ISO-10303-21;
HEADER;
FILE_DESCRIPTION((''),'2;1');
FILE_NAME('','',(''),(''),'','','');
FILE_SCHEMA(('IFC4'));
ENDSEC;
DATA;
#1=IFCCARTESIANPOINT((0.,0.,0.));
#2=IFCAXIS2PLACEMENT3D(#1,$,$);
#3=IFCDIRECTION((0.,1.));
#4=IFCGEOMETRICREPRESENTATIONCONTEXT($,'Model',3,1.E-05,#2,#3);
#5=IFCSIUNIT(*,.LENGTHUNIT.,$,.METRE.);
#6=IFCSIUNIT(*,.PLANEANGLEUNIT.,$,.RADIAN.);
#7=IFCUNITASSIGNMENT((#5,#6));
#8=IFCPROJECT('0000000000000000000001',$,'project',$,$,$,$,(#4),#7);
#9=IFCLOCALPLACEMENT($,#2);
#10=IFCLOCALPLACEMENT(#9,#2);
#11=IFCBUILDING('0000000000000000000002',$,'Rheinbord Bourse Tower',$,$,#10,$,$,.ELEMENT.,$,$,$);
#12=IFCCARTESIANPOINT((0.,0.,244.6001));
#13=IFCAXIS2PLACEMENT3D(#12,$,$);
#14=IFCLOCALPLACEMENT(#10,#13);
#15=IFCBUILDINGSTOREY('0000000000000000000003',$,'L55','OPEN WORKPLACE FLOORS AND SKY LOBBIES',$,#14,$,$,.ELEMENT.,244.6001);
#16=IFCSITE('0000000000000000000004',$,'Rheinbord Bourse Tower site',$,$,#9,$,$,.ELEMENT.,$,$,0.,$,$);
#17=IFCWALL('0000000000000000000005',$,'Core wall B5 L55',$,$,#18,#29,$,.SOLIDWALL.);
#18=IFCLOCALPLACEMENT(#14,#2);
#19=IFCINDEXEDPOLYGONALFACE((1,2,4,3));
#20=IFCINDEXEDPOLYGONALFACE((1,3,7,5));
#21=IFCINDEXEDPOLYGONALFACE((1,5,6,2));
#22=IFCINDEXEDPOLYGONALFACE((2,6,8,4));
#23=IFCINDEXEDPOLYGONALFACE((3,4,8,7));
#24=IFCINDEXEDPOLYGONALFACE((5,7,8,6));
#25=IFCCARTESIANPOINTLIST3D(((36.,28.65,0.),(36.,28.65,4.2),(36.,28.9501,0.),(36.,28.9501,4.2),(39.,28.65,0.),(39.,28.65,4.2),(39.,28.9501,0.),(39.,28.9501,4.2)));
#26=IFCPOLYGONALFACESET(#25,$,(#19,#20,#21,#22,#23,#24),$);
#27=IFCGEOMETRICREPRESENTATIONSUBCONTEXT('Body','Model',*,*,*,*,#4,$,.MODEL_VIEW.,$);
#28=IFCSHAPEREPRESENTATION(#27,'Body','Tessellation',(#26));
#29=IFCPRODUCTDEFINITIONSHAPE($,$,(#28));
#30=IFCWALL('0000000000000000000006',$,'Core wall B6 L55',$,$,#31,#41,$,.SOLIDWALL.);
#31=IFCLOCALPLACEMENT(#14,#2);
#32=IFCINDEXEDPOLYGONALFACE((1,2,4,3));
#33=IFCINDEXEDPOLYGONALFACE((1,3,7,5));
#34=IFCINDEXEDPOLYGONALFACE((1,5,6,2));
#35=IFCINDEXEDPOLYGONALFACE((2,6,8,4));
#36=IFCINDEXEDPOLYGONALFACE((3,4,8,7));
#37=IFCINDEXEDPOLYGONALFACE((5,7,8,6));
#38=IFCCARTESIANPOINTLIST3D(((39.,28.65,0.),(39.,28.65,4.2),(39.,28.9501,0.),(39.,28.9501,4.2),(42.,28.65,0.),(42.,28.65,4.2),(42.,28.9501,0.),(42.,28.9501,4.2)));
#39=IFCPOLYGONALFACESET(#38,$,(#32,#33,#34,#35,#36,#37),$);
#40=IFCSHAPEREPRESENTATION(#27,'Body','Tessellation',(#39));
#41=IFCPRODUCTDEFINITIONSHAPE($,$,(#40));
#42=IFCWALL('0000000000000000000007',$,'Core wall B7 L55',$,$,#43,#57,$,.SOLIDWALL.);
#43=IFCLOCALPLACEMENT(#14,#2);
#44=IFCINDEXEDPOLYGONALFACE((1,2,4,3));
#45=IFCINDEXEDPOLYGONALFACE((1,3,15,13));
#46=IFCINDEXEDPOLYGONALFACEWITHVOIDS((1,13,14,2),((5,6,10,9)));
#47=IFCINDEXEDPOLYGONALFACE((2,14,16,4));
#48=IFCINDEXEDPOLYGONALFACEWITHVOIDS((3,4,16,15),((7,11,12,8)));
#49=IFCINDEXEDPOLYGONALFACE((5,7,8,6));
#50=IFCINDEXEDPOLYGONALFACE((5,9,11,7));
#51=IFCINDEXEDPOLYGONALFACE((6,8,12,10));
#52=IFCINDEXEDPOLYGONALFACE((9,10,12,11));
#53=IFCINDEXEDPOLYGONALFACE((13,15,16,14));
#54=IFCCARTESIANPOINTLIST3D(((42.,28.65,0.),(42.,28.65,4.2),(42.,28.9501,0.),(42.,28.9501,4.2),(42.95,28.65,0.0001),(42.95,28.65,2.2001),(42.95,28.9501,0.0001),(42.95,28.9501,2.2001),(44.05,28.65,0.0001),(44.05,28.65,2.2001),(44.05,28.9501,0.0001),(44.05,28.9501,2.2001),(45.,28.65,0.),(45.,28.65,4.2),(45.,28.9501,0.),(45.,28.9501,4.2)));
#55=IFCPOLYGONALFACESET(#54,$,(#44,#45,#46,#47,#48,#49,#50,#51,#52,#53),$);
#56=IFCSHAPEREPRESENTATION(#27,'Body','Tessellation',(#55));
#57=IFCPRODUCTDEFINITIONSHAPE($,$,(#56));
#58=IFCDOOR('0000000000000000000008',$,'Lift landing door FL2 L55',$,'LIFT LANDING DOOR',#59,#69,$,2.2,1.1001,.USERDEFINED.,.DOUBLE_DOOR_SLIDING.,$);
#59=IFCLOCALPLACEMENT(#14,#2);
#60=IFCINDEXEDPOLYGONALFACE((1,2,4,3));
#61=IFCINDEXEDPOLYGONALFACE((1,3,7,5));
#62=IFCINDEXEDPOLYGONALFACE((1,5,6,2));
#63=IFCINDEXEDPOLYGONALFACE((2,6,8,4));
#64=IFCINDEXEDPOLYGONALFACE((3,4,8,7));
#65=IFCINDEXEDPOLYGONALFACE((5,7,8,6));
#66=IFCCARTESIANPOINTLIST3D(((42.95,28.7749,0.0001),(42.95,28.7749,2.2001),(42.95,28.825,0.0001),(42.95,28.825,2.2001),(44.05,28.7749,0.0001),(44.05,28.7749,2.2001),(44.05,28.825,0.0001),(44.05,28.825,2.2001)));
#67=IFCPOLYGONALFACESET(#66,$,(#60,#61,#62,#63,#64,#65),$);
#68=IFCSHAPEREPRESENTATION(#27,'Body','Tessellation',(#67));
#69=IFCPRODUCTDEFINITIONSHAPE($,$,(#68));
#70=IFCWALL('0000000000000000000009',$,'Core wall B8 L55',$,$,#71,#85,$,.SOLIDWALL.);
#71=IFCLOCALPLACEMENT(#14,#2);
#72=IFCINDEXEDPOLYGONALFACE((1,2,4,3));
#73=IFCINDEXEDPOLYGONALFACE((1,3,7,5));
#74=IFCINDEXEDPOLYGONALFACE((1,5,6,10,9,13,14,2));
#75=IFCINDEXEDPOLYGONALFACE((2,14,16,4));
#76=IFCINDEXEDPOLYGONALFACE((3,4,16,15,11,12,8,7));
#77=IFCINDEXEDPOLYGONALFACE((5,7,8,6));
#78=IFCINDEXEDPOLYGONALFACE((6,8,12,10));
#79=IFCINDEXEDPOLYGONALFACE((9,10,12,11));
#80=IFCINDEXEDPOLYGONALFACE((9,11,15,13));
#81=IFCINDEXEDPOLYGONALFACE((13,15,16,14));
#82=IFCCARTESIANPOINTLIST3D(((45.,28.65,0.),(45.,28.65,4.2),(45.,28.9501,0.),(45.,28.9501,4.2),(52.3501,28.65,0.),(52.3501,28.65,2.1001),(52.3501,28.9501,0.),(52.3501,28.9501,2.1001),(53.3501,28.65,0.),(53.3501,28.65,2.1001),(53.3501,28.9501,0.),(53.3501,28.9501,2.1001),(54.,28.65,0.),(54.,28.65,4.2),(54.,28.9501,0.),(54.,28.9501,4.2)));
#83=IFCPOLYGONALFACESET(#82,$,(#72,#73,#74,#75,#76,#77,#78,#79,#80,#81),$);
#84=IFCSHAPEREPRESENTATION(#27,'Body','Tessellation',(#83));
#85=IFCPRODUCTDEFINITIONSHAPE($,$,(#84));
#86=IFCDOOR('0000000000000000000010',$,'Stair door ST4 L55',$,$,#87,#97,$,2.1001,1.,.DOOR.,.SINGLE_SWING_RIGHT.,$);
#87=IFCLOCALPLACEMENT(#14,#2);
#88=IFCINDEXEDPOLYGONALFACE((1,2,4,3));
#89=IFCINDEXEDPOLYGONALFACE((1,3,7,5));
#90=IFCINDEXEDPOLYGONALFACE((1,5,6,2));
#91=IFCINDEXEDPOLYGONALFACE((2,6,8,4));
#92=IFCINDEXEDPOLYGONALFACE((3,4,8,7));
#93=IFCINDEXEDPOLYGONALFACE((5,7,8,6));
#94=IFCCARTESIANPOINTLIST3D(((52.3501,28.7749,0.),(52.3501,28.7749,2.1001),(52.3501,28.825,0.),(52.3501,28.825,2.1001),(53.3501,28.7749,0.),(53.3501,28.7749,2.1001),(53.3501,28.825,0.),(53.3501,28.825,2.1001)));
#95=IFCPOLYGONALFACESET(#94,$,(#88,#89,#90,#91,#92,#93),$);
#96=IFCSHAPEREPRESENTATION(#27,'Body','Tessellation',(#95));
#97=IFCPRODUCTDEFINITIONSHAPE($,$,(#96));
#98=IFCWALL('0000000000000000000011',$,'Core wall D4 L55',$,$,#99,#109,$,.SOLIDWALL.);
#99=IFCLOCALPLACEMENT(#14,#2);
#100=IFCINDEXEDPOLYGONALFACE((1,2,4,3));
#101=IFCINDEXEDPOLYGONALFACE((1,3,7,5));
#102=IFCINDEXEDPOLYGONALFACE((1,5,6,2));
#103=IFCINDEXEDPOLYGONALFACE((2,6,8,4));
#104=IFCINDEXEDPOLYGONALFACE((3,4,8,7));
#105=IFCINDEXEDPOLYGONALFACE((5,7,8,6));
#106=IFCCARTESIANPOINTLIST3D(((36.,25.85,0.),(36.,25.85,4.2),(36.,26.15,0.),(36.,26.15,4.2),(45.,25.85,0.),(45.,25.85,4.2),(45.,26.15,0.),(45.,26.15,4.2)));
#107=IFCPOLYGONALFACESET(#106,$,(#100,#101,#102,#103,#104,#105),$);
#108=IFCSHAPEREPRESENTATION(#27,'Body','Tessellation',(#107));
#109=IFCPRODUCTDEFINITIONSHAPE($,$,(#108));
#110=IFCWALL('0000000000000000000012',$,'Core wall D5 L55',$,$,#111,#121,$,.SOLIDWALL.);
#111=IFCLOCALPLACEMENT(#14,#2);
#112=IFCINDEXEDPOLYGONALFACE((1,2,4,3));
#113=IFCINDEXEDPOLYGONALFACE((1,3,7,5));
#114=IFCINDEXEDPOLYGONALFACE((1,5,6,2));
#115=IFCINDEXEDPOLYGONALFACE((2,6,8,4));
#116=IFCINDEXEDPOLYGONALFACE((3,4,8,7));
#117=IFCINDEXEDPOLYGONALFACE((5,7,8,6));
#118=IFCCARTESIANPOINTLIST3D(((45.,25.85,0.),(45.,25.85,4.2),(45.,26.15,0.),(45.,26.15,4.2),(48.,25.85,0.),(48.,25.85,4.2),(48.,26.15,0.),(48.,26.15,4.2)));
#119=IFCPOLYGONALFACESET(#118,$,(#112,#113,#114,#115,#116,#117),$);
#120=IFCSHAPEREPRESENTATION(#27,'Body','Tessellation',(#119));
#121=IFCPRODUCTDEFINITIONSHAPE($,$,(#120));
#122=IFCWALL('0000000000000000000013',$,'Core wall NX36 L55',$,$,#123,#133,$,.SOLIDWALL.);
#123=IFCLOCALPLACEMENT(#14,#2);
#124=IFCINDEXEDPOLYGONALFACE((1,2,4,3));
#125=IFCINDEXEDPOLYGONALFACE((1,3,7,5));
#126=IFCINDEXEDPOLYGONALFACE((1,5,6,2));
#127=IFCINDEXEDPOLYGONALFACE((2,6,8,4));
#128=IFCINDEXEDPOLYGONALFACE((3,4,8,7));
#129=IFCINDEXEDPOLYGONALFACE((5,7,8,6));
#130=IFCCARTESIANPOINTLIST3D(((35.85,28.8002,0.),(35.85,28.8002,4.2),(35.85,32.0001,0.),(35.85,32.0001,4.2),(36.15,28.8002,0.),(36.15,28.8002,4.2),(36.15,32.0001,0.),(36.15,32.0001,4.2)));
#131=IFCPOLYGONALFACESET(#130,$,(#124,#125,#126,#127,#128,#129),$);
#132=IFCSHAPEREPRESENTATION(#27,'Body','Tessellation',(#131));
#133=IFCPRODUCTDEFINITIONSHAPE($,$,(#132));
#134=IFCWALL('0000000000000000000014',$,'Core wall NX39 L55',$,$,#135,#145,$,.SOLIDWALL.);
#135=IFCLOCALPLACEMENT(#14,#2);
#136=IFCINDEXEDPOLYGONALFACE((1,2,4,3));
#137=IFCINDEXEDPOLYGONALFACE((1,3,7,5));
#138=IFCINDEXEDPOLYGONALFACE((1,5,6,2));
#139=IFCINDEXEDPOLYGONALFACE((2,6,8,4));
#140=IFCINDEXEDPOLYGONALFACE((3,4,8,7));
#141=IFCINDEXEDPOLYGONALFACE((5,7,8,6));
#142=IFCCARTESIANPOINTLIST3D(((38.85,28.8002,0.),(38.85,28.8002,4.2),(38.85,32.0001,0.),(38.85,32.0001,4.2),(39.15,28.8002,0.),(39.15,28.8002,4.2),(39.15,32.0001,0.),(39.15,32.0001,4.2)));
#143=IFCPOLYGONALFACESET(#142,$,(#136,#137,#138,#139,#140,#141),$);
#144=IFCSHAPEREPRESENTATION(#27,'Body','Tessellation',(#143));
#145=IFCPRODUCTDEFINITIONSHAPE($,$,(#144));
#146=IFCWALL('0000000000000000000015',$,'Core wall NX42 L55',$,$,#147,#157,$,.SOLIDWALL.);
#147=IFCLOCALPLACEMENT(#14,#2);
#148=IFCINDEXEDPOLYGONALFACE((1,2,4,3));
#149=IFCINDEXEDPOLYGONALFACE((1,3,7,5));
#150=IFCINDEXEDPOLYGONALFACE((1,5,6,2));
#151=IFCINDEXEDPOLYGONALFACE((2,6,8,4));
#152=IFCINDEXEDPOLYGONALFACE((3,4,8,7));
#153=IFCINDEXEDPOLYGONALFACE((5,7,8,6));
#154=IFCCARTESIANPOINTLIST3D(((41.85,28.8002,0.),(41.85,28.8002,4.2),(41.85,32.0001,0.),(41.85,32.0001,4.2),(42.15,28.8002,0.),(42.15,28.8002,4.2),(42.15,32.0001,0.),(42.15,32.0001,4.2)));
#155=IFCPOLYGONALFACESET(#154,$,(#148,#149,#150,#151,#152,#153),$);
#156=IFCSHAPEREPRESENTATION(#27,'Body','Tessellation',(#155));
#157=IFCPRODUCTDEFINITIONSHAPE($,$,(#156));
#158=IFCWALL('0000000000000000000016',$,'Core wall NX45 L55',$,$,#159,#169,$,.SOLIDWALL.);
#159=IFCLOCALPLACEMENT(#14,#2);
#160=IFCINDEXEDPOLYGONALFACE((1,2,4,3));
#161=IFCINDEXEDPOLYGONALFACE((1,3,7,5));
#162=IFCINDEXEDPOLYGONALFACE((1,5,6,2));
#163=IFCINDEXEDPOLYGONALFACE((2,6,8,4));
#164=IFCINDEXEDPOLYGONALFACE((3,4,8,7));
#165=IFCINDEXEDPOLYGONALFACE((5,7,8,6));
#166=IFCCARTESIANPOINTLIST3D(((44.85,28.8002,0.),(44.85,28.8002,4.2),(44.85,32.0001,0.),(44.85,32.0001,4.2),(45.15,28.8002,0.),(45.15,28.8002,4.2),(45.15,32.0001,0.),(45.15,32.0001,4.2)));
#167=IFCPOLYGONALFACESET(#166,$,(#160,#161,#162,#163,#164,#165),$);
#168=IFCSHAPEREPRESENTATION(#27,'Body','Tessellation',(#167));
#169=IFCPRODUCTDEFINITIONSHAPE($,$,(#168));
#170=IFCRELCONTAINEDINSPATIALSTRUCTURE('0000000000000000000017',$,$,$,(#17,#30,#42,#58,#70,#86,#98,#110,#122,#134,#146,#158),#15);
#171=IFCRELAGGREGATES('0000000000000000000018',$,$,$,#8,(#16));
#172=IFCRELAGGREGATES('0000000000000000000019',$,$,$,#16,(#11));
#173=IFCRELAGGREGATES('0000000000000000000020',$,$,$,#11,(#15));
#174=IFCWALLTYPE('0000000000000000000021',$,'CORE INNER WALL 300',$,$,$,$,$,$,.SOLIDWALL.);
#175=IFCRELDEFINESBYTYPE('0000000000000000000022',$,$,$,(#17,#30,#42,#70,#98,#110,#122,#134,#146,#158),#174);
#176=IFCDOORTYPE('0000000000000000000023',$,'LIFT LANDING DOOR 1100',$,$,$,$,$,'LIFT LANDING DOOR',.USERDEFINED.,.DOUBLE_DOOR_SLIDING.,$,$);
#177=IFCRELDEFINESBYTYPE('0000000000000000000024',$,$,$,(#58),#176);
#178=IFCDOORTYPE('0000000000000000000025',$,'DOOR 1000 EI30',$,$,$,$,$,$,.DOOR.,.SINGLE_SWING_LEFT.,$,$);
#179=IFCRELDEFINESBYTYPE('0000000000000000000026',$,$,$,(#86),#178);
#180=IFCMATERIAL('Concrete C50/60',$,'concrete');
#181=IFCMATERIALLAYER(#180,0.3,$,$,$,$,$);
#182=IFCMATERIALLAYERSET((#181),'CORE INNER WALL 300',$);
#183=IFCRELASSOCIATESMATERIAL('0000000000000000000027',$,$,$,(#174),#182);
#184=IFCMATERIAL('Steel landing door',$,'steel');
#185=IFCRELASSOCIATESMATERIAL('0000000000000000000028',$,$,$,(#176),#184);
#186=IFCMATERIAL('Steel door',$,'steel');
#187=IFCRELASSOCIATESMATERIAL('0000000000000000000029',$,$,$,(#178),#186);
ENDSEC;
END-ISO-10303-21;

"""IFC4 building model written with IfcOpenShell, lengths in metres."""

from ifc_helpers import new_model, si_unit, direction, frame, frame_2d, origin, place, context, subcontext, project, spatial, rectangle, extrude, material, layer, layer_set, type_object, element, fill, save


model = new_model("IFC4")

# Units and contexts
model_context = context("Model", 3, precision=1e-05, world=origin(), true_north=direction((0.0, 1.0)))
body_context = subcontext(model_context, "Body", "Model", "MODEL_VIEW")
ifc_project = project(units=[si_unit("LENGTHUNIT", "METRE"), si_unit("PLANEANGLEUNIT", "RADIAN")], contexts=[model_context])

# Site, building, storey
site_placement = place(None, origin())
site = spatial("IfcSite", under=ifc_project, at=site_placement, Name="Rheinbord Bourse Tower site", CompositionType="ELEMENT", RefElevation=0.0)
building_placement = place(site_placement, origin())
building = spatial("IfcBuilding", under=site, at=building_placement, Name="Rheinbord Bourse Tower", CompositionType="ELEMENT")
storey_placement = place(building_placement, frame((0.0, 0.0, 244.6001)))
storey = spatial("IfcBuildingStorey", under=building, at=storey_placement, Name="L55", Description="OPEN WORKPLACE FLOORS AND SKY LOBBIES", CompositionType="ELEMENT", Elevation=244.6001)

# Walls
ifc_material_1 = material(Name="Concrete C50/60", Category="concrete")
ifc_layer_1 = layer(ifc_material_1, 0.3)
ifc_layer_set_1 = layer_set([ifc_layer_1], Name="CORE INNER WALL 300")
wall_type_1 = type_object("IfcWallType", Name="CORE INNER WALL 300", PredefinedType="SOLIDWALL", material=ifc_layer_set_1)
for number, where, z_axis, x_axis, name in (
    (1, (36.0, 28.8, 0.0), (0.0, 0.0, 1.0), (1.0, 0.0, 0.0), "Core wall B5 L55"),
    (2, (39.0, 28.8, 0.0), (0.0, 0.0, 1.0), (1.0, 0.0, 0.0), "Core wall B6 L55"),
):
    element("IfcWall", number, at=place(storey_placement, frame(where, z_axis=z_axis, x_axis=x_axis)), inside=storey, type_object=wall_type_1, Name=name, PredefinedType="SOLIDWALL", context=body_context, shape_type="SweptSolid", body=[
        extrude(rectangle(XDim=3.0, YDim=0.3, at=frame_2d((1.5, 0.0))), origin(), (0.0, 0.0, 1.0), 4.2),
    ])

# Walls, openings, doors
wall_1_placement = place(storey_placement, frame((42.0, 28.8, 0.0), z_axis=(0.0, 0.0, 1.0), x_axis=(1.0, 0.0, 0.0)))
wall_1 = element("IfcWall", 3, at=wall_1_placement, inside=storey, type_object=wall_type_1, Name="Core wall B7 L55", PredefinedType="SOLIDWALL", context=body_context, shape_type="SweptSolid", body=[
    extrude(rectangle(XDim=3.0, YDim=0.3, at=frame_2d((1.5, 0.0))), origin(), (0.0, 0.0, 1.0), 4.2),
])
opening_1_placement = place(wall_1_placement, frame((0.95, 0.0, 0.0)))
opening_1 = element("IfcOpeningElement", 4, at=opening_1_placement, cuts=wall_1, PredefinedType="OPENING", context=body_context, shape_type="SweptSolid", body=[
    extrude(rectangle(XDim=1.1001, YDim=2.2, at=frame_2d((0.55, 1.1001))), frame((0.0, 0.1599, 0.0), z_axis=(0.0, -1.0, 0.0), x_axis=(1.0, 0.0, 0.0)), (0.0, 0.0, 1.0), 0.3201),
])
ifc_material_2 = material(Name="Steel landing door", Category="steel")
door_type_1 = type_object("IfcDoorType", Name="LIFT LANDING DOOR 1100", ElementType="LIFT LANDING DOOR", OperationType="DOUBLE_DOOR_SLIDING", PredefinedType="USERDEFINED", material=ifc_material_2)
door_1_placement = place(opening_1_placement, origin())
door_1 = element("IfcDoor", 5, at=door_1_placement, inside=storey, type_object=door_type_1, Name="Lift landing door FL2 L55", ObjectType="LIFT LANDING DOOR", OperationType="DOUBLE_DOOR_SLIDING", OverallHeight=2.2, OverallWidth=1.1001, PredefinedType="USERDEFINED", context=body_context, shape_type="SweptSolid", body=[
    extrude(rectangle(XDim=1.1001, YDim=2.2, at=frame_2d((0.55, 1.1001))), frame((0.0, 0.0249, 0.0), z_axis=(0.0, -1.0, 0.0), x_axis=(1.0, 0.0, 0.0)), (0.0, 0.0, 1.0), 0.05),
])
fill(opening_1, door_1)
wall_2_placement = place(storey_placement, frame((45.0, 28.8, 0.0), z_axis=(0.0, 0.0, 1.0), x_axis=(1.0, 0.0, 0.0)))
wall_2 = element("IfcWall", 6, at=wall_2_placement, inside=storey, type_object=wall_type_1, Name="Core wall B8 L55", PredefinedType="SOLIDWALL", context=body_context, shape_type="SweptSolid", body=[
    extrude(rectangle(XDim=9.0, YDim=0.3, at=frame_2d((4.5, 0.0))), origin(), (0.0, 0.0, 1.0), 4.2),
])
opening_2_placement = place(wall_2_placement, frame((7.3501, 0.0, 0.0)))
opening_2 = element("IfcOpeningElement", 7, at=opening_2_placement, cuts=wall_2, PredefinedType="OPENING", context=body_context, shape_type="SweptSolid", body=[
    extrude(rectangle(XDim=1.0, YDim=2.1001, at=frame_2d((0.5, 1.05))), frame((0.0, 0.1599, 0.0), z_axis=(0.0, -1.0, 0.0), x_axis=(1.0, 0.0, 0.0)), (0.0, 0.0, 1.0), 0.3201),
])
ifc_material_3 = material(Name="Steel door", Category="steel")
door_type_2 = type_object("IfcDoorType", Name="DOOR 1000 EI30", OperationType="SINGLE_SWING_LEFT", PredefinedType="DOOR", material=ifc_material_3)
door_2_placement = place(opening_2_placement, origin())
door_2 = element("IfcDoor", 8, at=door_2_placement, inside=storey, type_object=door_type_2, Name="Stair door ST4 L55", OperationType="SINGLE_SWING_RIGHT", OverallHeight=2.1001, OverallWidth=1.0, PredefinedType="DOOR", context=body_context, shape_type="SweptSolid", body=[
    extrude(rectangle(XDim=1.0, YDim=2.1001, at=frame_2d((0.5, 1.05))), frame((0.0, 0.0249, 0.0), z_axis=(0.0, -1.0, 0.0), x_axis=(1.0, 0.0, 0.0)), (0.0, 0.0, 1.0), 0.05),
])
fill(opening_2, door_2)

# Walls
wall_3_placement = place(storey_placement, frame((36.0, 26.0, 0.0), z_axis=(0.0, 0.0, 1.0), x_axis=(1.0, 0.0, 0.0)))
element("IfcWall", 9, at=wall_3_placement, inside=storey, type_object=wall_type_1, Name="Core wall D4 L55", PredefinedType="SOLIDWALL", context=body_context, shape_type="SweptSolid", body=[
    extrude(rectangle(XDim=9.0, YDim=0.3, at=frame_2d((4.5, 0.0))), origin(), (0.0, 0.0, 1.0), 4.2),
])
wall_4_placement = place(storey_placement, frame((45.0, 26.0, 0.0), z_axis=(0.0, 0.0, 1.0), x_axis=(1.0, 0.0, 0.0)))
element("IfcWall", 10, at=wall_4_placement, inside=storey, type_object=wall_type_1, Name="Core wall D5 L55", PredefinedType="SOLIDWALL", context=body_context, shape_type="SweptSolid", body=[
    extrude(rectangle(XDim=3.0, YDim=0.3, at=frame_2d((1.5, 0.0))), origin(), (0.0, 0.0, 1.0), 4.2),
])
for number, where, z_axis, x_axis, name in (
    (11, (36.0, 28.8, 0.0), (0.0, 0.0, 1.0), (0.0, 1.0, 0.0), "Core wall NX36 L55"),
    (12, (39.0, 28.8, 0.0), (0.0, 0.0, 1.0), (0.0, 1.0, 0.0), "Core wall NX39 L55"),
    (13, (42.0, 28.8, 0.0), (0.0, 0.0, 1.0), (0.0, 1.0, 0.0), "Core wall NX42 L55"),
    (14, (45.0, 28.8, 0.0), (0.0, 0.0, 1.0), (0.0, 1.0, 0.0), "Core wall NX45 L55"),
):
    element("IfcWall", number, at=place(storey_placement, frame(where, z_axis=z_axis, x_axis=x_axis)), inside=storey, type_object=wall_type_1, Name=name, PredefinedType="SOLIDWALL", context=body_context, shape_type="SweptSolid", body=[
        extrude(rectangle(XDim=3.2, YDim=0.3, at=frame_2d((1.6001, 0.0))), origin(), (0.0, 0.0, 1.0), 4.2),
    ])

save(model, "model.ifc")
